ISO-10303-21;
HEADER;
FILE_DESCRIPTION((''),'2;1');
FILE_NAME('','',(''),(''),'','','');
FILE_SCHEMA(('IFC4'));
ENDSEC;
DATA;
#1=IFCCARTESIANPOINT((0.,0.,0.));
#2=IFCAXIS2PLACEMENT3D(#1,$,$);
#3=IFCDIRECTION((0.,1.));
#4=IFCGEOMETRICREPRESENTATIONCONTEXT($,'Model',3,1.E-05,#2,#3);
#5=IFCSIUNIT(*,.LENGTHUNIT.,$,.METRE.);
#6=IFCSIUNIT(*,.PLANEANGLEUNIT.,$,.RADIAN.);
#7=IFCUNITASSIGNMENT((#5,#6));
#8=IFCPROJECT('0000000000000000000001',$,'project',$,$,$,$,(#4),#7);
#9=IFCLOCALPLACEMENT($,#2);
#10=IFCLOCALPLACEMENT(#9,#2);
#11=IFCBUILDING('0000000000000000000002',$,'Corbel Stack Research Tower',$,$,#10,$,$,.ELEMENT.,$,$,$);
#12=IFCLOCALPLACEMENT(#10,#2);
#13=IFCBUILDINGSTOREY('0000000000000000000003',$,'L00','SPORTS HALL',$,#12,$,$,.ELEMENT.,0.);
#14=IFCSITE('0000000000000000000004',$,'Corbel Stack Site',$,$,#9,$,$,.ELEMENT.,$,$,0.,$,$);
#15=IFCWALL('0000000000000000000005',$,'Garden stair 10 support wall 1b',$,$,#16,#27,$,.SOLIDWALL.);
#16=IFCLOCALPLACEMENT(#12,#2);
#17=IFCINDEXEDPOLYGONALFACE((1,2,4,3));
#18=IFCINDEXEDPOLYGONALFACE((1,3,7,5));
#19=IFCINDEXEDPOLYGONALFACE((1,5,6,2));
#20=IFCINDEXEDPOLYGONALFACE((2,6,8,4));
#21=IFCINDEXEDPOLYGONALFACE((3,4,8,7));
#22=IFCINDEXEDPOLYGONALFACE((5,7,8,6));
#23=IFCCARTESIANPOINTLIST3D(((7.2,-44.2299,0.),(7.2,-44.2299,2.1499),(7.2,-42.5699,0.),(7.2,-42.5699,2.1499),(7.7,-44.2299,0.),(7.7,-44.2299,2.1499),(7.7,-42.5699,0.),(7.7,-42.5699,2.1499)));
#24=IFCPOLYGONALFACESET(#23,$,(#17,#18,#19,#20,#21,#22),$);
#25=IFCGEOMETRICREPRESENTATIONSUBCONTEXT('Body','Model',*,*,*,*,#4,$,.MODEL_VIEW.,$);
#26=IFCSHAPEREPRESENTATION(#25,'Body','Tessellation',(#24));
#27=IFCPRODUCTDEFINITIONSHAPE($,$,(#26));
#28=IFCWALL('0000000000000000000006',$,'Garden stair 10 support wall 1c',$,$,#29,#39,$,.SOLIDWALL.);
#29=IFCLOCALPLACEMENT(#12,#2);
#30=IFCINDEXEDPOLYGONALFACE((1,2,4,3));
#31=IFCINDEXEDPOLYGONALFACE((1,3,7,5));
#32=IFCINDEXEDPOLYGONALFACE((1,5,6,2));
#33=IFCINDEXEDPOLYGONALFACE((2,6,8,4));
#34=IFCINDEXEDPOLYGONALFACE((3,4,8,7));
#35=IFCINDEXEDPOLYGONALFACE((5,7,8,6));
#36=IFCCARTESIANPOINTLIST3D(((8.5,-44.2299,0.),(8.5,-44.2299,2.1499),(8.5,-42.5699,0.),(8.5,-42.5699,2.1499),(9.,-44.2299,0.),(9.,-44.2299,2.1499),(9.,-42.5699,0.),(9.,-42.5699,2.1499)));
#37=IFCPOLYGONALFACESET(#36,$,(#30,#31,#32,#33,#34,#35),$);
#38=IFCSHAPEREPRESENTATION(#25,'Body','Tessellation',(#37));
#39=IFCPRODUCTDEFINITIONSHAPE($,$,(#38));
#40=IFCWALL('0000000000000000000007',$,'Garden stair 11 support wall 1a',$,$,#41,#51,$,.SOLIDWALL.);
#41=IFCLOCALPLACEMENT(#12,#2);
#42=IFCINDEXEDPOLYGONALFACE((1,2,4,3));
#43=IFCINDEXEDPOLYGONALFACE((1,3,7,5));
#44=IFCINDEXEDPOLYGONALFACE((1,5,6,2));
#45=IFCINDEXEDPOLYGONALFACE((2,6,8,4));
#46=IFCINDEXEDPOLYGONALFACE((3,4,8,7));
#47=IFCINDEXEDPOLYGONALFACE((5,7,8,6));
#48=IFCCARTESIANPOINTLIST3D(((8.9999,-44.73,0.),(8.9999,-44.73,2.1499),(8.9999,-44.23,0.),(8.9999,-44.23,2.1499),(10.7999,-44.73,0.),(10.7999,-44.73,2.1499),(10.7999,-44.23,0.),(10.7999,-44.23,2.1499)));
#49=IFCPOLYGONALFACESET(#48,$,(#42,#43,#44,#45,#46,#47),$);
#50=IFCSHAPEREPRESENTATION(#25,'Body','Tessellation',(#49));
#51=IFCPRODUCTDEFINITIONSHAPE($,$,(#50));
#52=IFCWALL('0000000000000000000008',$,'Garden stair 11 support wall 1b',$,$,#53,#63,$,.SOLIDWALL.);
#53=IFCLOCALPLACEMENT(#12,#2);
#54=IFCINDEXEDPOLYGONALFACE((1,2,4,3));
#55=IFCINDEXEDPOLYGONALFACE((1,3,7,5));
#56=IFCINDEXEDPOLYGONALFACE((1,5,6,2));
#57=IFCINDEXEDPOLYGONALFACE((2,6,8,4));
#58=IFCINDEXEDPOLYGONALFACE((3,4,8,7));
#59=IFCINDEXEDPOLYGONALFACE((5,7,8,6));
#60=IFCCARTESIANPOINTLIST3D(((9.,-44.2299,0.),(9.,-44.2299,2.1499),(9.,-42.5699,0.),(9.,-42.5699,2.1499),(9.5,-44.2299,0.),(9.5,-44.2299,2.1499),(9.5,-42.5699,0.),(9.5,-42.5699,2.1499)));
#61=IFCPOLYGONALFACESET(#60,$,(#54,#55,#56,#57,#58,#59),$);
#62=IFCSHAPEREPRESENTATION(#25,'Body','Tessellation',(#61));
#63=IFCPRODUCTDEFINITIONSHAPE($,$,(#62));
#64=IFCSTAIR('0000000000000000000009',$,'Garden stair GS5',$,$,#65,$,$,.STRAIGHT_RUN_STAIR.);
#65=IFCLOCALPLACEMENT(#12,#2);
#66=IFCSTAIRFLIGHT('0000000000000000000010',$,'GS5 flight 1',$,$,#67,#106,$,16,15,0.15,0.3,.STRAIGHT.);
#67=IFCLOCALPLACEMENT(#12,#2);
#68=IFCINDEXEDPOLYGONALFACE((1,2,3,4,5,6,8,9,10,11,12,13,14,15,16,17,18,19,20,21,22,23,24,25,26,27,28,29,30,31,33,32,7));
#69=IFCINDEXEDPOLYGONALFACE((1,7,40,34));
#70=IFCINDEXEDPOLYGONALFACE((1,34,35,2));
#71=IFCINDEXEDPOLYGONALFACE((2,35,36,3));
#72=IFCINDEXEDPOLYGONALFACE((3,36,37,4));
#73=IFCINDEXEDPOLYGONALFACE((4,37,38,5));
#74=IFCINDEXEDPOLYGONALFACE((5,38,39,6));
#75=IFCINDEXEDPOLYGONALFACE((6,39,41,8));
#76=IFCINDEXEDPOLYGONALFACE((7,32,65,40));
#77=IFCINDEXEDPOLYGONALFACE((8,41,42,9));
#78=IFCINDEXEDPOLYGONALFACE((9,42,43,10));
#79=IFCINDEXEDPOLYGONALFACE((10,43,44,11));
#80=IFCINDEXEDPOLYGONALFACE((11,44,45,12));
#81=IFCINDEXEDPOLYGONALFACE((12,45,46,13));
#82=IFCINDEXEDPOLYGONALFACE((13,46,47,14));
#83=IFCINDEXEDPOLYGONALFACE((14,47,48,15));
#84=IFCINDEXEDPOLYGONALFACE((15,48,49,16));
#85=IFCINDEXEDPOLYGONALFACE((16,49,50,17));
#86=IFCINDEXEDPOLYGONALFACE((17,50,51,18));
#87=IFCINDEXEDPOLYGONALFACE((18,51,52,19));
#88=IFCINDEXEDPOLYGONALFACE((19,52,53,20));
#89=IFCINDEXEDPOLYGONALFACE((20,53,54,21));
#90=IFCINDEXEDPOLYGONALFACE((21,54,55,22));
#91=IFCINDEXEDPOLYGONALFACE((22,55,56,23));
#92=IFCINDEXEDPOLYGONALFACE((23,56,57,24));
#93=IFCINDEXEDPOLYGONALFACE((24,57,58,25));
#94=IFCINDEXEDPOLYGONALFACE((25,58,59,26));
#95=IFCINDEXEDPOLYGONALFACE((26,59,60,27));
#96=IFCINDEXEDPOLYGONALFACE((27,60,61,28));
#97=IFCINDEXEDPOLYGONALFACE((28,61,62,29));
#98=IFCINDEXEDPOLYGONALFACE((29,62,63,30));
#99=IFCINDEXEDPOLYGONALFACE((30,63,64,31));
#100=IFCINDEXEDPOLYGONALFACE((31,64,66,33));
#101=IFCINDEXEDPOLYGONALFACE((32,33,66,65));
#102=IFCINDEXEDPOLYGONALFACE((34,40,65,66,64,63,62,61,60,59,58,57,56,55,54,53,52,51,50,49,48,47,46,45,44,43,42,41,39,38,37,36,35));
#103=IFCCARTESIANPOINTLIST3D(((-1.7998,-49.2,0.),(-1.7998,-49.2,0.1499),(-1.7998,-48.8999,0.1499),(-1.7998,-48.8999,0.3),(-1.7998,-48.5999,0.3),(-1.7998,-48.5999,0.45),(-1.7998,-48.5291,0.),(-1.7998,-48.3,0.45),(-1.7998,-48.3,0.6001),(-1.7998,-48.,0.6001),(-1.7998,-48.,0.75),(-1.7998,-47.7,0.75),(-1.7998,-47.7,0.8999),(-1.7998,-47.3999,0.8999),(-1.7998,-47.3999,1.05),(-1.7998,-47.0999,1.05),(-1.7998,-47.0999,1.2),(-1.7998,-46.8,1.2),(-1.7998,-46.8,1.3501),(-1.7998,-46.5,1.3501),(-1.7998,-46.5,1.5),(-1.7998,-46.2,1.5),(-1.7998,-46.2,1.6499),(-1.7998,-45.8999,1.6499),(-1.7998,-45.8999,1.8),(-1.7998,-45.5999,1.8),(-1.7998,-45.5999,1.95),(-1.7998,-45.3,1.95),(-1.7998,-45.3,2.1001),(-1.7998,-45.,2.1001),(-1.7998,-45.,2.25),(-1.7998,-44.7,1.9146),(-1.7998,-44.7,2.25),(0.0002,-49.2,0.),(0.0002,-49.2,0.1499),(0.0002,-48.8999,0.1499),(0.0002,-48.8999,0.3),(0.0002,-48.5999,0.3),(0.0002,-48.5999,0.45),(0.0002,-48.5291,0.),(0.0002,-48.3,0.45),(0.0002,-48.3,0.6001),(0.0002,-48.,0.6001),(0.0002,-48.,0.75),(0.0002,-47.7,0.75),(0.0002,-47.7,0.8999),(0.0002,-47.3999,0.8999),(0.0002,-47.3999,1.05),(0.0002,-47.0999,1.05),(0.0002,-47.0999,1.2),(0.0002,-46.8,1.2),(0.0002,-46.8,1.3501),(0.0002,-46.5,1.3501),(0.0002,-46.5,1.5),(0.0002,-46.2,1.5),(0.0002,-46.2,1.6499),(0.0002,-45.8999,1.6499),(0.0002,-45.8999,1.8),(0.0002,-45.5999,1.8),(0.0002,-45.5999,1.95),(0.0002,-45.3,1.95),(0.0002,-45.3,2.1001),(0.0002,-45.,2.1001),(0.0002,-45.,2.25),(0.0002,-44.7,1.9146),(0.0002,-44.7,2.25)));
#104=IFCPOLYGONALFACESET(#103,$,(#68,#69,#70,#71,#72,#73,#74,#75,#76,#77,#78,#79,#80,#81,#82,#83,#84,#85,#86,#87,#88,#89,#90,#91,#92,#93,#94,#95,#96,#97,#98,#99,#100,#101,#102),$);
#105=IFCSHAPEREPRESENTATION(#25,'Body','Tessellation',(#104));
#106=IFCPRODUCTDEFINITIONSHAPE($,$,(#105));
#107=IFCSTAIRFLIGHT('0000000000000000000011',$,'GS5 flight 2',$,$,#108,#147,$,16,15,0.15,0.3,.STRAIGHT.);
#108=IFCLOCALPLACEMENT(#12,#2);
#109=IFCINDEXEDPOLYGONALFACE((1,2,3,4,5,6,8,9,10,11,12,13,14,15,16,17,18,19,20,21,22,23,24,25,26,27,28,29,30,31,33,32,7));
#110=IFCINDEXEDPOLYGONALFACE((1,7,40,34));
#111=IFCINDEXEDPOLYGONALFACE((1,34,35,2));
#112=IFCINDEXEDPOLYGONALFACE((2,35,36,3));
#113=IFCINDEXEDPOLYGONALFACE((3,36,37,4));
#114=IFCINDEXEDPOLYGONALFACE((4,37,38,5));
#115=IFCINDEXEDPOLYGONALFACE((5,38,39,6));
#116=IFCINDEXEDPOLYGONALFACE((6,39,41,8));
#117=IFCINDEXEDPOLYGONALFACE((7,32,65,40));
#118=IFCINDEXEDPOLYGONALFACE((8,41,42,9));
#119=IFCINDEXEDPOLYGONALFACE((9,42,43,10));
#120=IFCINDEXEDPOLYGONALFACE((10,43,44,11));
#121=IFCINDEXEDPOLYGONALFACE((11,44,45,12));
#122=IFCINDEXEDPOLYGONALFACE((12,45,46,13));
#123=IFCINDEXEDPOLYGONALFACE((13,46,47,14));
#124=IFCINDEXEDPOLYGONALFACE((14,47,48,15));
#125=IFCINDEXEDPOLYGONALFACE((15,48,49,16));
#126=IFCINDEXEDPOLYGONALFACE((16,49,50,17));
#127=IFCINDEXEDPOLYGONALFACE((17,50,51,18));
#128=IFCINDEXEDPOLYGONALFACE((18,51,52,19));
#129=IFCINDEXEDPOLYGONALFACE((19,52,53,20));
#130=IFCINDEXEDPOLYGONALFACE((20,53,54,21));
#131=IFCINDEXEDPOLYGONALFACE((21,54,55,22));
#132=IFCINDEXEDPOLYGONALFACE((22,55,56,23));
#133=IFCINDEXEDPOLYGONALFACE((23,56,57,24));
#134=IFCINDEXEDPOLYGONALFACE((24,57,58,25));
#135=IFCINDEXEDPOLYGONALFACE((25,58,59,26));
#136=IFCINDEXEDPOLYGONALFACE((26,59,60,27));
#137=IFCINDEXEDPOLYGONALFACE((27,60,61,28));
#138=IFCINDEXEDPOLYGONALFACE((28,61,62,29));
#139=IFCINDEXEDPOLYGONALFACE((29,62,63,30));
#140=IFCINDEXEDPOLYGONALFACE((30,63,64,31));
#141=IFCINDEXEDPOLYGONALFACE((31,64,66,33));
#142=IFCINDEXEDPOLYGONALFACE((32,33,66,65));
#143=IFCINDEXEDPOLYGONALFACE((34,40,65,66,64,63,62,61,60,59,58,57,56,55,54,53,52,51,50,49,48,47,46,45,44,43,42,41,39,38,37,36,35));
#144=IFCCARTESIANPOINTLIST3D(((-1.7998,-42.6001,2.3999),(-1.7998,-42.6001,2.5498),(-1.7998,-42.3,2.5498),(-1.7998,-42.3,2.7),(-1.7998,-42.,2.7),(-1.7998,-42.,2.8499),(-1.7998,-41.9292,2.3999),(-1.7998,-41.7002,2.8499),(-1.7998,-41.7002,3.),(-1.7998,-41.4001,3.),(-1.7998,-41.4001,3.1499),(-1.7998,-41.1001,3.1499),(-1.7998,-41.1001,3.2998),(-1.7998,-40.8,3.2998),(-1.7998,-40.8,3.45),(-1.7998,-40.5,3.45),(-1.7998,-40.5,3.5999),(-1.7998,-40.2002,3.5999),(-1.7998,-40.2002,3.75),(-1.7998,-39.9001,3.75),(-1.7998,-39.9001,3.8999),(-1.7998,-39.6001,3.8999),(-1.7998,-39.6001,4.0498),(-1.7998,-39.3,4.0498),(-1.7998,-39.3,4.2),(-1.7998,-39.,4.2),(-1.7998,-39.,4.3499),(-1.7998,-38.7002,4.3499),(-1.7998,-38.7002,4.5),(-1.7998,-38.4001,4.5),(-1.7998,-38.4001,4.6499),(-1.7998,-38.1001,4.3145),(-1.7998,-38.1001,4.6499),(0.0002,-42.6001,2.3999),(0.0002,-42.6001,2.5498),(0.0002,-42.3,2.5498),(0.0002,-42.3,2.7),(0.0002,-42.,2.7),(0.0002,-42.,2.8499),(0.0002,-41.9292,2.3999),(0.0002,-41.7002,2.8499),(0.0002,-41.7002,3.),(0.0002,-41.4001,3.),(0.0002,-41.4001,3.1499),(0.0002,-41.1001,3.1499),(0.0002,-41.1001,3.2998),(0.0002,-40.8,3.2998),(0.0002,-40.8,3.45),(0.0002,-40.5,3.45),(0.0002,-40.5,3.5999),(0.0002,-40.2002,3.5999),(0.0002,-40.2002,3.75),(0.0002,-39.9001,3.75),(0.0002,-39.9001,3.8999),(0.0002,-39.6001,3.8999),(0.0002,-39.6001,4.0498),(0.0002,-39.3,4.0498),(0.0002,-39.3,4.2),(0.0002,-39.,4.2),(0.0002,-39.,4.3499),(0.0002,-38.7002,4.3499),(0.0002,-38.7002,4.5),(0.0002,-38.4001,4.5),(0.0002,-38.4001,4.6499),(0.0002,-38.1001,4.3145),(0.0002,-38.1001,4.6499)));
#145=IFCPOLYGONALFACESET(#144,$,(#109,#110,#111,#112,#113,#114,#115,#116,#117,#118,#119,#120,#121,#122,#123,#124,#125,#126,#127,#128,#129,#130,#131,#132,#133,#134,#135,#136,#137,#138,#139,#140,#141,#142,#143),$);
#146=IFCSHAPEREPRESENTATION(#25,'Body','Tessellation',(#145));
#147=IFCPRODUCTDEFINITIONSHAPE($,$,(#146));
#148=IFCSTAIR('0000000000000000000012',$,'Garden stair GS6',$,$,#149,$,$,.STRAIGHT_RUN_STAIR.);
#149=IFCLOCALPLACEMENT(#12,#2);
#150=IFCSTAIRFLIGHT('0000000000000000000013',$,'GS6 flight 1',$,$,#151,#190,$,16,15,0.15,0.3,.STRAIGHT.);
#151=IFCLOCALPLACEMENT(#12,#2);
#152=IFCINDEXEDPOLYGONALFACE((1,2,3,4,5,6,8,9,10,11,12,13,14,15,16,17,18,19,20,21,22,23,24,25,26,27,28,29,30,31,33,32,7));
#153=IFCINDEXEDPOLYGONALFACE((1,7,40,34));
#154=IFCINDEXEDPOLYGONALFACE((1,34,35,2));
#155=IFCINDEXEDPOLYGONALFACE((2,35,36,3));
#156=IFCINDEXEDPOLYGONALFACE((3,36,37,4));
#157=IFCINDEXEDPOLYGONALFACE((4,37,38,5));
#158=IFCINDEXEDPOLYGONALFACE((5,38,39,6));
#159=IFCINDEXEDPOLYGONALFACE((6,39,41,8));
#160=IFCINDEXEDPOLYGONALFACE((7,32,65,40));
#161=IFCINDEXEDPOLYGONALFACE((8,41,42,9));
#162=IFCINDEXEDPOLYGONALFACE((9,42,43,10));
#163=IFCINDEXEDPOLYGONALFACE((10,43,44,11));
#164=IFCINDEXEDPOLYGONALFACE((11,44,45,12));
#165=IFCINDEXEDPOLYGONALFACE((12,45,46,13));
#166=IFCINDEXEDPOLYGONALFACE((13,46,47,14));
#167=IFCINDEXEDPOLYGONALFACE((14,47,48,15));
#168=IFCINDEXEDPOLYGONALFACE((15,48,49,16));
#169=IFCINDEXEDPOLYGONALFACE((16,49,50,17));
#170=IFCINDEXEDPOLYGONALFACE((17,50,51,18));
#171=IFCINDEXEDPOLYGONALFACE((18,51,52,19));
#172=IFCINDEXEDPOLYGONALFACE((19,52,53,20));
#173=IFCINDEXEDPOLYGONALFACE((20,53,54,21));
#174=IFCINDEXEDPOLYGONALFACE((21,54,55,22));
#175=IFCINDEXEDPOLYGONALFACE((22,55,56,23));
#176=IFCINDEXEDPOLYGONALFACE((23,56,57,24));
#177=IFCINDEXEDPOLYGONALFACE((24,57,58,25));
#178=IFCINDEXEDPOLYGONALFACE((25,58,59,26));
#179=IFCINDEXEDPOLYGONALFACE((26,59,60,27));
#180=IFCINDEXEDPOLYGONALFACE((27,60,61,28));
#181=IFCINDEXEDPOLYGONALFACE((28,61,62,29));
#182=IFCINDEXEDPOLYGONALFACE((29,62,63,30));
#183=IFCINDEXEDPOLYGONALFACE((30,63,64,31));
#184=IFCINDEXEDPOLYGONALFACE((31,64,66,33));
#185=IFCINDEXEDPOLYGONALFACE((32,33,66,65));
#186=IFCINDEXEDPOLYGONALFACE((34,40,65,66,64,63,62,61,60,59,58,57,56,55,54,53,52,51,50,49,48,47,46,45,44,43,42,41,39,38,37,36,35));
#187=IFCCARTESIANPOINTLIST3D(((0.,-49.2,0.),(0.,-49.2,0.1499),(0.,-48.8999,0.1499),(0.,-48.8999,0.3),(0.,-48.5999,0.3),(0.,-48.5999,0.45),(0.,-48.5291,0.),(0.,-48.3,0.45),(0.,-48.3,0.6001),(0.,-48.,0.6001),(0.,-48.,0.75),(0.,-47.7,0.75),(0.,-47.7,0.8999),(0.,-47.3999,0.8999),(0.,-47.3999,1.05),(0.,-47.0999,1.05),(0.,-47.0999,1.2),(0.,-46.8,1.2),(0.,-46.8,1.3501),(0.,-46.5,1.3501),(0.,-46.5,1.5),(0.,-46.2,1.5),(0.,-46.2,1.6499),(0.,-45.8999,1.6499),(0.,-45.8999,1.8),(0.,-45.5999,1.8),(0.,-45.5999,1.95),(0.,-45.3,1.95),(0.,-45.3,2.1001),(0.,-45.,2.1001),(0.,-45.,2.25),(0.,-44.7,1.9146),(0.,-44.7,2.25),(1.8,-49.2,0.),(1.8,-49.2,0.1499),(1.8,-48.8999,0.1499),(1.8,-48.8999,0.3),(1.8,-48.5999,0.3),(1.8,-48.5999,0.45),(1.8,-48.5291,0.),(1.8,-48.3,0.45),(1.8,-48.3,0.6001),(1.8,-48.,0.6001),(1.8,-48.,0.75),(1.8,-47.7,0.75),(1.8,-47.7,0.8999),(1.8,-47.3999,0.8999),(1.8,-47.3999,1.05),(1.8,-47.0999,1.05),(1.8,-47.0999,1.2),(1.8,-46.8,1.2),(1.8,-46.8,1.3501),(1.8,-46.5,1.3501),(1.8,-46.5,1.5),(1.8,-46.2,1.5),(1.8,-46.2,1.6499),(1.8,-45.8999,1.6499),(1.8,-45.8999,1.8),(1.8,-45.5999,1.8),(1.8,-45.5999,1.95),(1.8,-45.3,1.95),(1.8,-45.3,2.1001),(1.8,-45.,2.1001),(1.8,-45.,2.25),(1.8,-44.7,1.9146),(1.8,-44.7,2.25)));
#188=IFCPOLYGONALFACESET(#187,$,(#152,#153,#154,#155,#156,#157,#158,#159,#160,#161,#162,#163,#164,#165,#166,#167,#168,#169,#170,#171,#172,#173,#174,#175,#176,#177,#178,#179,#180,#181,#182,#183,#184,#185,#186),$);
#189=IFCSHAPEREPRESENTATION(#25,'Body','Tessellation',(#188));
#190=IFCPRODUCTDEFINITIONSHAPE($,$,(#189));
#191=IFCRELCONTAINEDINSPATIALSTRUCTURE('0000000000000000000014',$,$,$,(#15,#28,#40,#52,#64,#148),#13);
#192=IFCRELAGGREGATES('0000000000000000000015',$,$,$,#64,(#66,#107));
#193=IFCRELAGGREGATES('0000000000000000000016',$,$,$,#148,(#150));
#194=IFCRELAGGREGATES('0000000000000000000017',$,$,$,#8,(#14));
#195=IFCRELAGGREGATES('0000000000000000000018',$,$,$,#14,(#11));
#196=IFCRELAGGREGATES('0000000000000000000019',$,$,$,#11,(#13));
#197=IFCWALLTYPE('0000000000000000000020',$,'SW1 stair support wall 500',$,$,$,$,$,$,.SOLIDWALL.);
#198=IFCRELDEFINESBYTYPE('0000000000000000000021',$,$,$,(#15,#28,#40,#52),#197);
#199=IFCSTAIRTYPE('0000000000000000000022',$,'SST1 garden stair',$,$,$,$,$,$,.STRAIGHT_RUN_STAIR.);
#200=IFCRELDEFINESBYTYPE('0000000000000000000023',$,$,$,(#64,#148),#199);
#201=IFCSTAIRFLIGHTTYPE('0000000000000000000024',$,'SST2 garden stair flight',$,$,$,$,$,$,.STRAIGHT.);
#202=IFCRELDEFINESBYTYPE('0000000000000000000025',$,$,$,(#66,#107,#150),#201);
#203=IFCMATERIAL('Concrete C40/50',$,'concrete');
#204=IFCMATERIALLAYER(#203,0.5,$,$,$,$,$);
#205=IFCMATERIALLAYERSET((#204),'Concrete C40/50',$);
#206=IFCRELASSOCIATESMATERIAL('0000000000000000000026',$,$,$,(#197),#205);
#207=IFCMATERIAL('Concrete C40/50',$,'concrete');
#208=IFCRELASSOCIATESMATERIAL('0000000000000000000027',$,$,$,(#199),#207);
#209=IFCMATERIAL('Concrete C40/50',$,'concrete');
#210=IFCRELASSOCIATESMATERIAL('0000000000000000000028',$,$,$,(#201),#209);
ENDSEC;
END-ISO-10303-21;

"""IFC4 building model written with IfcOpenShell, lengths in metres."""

from ifc_helpers import new_model, si_unit, direction, frame, frame_2d, origin, place, context, subcontext, project, spatial, polyline, rectangle, outline, extrude, material, layer, layer_set, type_object, element, aggregate, save


model = new_model("IFC4")

# Units and contexts
model_context = context("Model", 3, precision=1e-05, world=origin(), true_north=direction((0.0, 1.0)))
body_context = subcontext(model_context, "Body", "Model", "MODEL_VIEW")
ifc_project = project(units=[si_unit("LENGTHUNIT", "METRE"), si_unit("PLANEANGLEUNIT", "RADIAN")], contexts=[model_context])

# Site, building, storey
site_placement = place(None, origin())
site = spatial("IfcSite", under=ifc_project, at=site_placement, Name="Corbel Stack Site", CompositionType="ELEMENT", RefElevation=0.0)
building_placement = place(site_placement, origin())
building = spatial("IfcBuilding", under=site, at=building_placement, Name="Corbel Stack Research Tower", CompositionType="ELEMENT")
storey_placement = place(building_placement, origin())
storey = spatial("IfcBuildingStorey", under=building, at=storey_placement, Name="L00", Description="SPORTS HALL", CompositionType="ELEMENT", Elevation=0.0)

# Walls
ifc_material_1 = material(Name="Concrete C40/50", Category="concrete")
ifc_layer = layer(ifc_material_1, 0.5)
ifc_layer_set = layer_set([ifc_layer], Name="Concrete C40/50")
wall_type = type_object("IfcWallType", Name="SW1 stair support wall 500", PredefinedType="SOLIDWALL", material=ifc_layer_set)
for number, where, z_axis, x_axis, name in (
    (1, (7.45, -44.23, 0.0), (0.0, 0.0, 1.0), (0.0, 1.0, 0.0), "Garden stair 10 support wall 1b"),
    (2, (8.75, -44.23, 0.0), (0.0, 0.0, 1.0), (0.0, 1.0, 0.0), "Garden stair 10 support wall 1c"),
):
    element("IfcWall", number, at=place(storey_placement, frame(where, z_axis=z_axis, x_axis=x_axis)), inside=storey, type_object=wall_type, Name=name, PredefinedType="SOLIDWALL", context=body_context, shape_type="SweptSolid", body=[
        extrude(rectangle(XDim=1.6599, YDim=0.5, at=frame_2d((0.8301, 0.0))), origin(), (0.0, 0.0, 1.0), 2.1499),
    ])
wall_1_placement = place(storey_placement, frame((9.0, -44.48, 0.0), z_axis=(0.0, 0.0, 1.0), x_axis=(1.0, 0.0, 0.0)))
element("IfcWall", 3, at=wall_1_placement, inside=storey, type_object=wall_type, Name="Garden stair 11 support wall 1a", PredefinedType="SOLIDWALL", context=body_context, shape_type="SweptSolid", body=[
    extrude(rectangle(XDim=1.8, YDim=0.5, at=frame_2d((0.8999, 0.0))), origin(), (0.0, 0.0, 1.0), 2.1499),
])
wall_2_placement = place(storey_placement, frame((9.25, -44.23, 0.0), z_axis=(0.0, 0.0, 1.0), x_axis=(0.0, 1.0, 0.0)))
element("IfcWall", 4, at=wall_2_placement, inside=storey, type_object=wall_type, Name="Garden stair 11 support wall 1b", PredefinedType="SOLIDWALL", context=body_context, shape_type="SweptSolid", body=[
    extrude(rectangle(XDim=1.6599, YDim=0.5, at=frame_2d((0.8301, 0.0))), origin(), (0.0, 0.0, 1.0), 2.1499),
])

# Stairs, stair flights
ifc_material_2 = material(Name="Concrete C40/50", Category="concrete")
stair_type = type_object("IfcStairType", Name="SST1 garden stair", PredefinedType="STRAIGHT_RUN_STAIR", material=ifc_material_2)
stair_1_placement = place(storey_placement, origin())
stair_1 = element("IfcStair", 5, at=stair_1_placement, inside=storey, type_object=stair_type, Name="Garden stair GS5", PredefinedType="STRAIGHT_RUN_STAIR")
ifc_material_3 = material(Name="Concrete C40/50", Category="concrete")
stair_flight_type = type_object("IfcStairFlightType", Name="SST2 garden stair flight", PredefinedType="STRAIGHT", material=ifc_material_3)
stair_flight_1_placement = place(storey_placement, frame((-0.8999, -49.2, 0.0), z_axis=(0.0, 0.0, 1.0), x_axis=(0.0, 1.0, 0.0)))
stair_flight_1 = element("IfcStairFlight", 6, at=stair_flight_1_placement, type_object=stair_flight_type, Name="GS5 flight 1", NumberOfRisers=16, NumberOfTreads=15, PredefinedType="STRAIGHT", RiserHeight=0.15, TreadLength=0.3, context=body_context, shape_type="SweptSolid", body=[
    extrude(outline(polyline([(0.0, 0.0), (0.0, 0.1499), (0.3, 0.1499), (0.3, 0.3), (0.6001, 0.3), (0.6001, 0.45), (0.8999, 0.45), (0.8999, 0.6001), (1.2, 0.6001), (1.2, 0.75), (1.5, 0.75), (1.5, 0.8999), (1.8, 0.8999), (1.8, 1.05), (2.1001, 1.05), (2.1001, 1.2), (2.3999, 1.2), (2.3999, 1.3501), (2.7, 1.3501), (2.7, 1.5), (3.0, 1.5), (3.0, 1.6499), (3.3, 1.6499), (3.3, 1.8), (3.6001, 1.8), (3.6001, 1.95), (3.8999, 1.95), (3.8999, 2.1001), (4.2, 2.1001), (4.2, 2.25), (4.5, 2.25), (4.5, 2.3999), (4.5, 1.9146), (0.6709, 0.0), (0.0, 0.0)])), frame((0.0, 0.8999, 0.0), z_axis=(0.0, -1.0, 0.0), x_axis=(1.0, 0.0, 0.0)), (0.0, 0.0, 1.0), 1.8),
])
stair_flight_2_placement = place(storey_placement, frame((-0.8999, -42.6001, 2.3999), z_axis=(0.0, 0.0, 1.0), x_axis=(0.0, 1.0, 0.0)))
stair_flight_2 = element("IfcStairFlight", 7, at=stair_flight_2_placement, type_object=stair_flight_type, Name="GS5 flight 2", NumberOfRisers=16, NumberOfTreads=15, PredefinedType="STRAIGHT", RiserHeight=0.15, TreadLength=0.3, context=body_context, shape_type="SweptSolid", body=[
    extrude(outline(polyline([(0.0, 0.0), (0.0, 0.1499), (0.3, 0.1499), (0.3, 0.3), (0.6001, 0.3), (0.6001, 0.45), (0.8999, 0.45), (0.8999, 0.6001), (1.2, 0.6001), (1.2, 0.75), (1.5, 0.75), (1.5, 0.8999), (1.8, 0.8999), (1.8, 1.05), (2.1001, 1.05), (2.1001, 1.2), (2.3999, 1.2), (2.3999, 1.3501), (2.7, 1.3501), (2.7, 1.5), (3.0, 1.5), (3.0, 1.6499), (3.3, 1.6499), (3.3, 1.8), (3.6001, 1.8), (3.6001, 1.95), (3.8999, 1.95), (3.8999, 2.1001), (4.2, 2.1001), (4.2, 2.25), (4.5, 2.25), (4.5, 2.3999), (4.5, 1.9146), (0.6709, 0.0), (0.0, 0.0)])), frame((0.0, 0.8999, 0.0), z_axis=(0.0, -1.0, 0.0), x_axis=(1.0, 0.0, 0.0)), (0.0, 0.0, 1.0), 1.8),
])
aggregate(stair_1, [stair_flight_1, stair_flight_2])
stair_2_placement = place(storey_placement, origin())
stair_2 = element("IfcStair", 8, at=stair_2_placement, inside=storey, type_object=stair_type, Name="Garden stair GS6", PredefinedType="STRAIGHT_RUN_STAIR")
stair_flight_3_placement = place(storey_placement, frame((0.8999, -49.2, 0.0), z_axis=(0.0, 0.0, 1.0), x_axis=(0.0, 1.0, 0.0)))
stair_flight_3 = element("IfcStairFlight", 9, at=stair_flight_3_placement, type_object=stair_flight_type, Name="GS6 flight 1", NumberOfRisers=16, NumberOfTreads=15, PredefinedType="STRAIGHT", RiserHeight=0.15, TreadLength=0.3, context=body_context, shape_type="SweptSolid", body=[
    extrude(outline(polyline([(0.0, 0.0), (0.0, 0.1499), (0.3, 0.1499), (0.3, 0.3), (0.6001, 0.3), (0.6001, 0.45), (0.8999, 0.45), (0.8999, 0.6001), (1.2, 0.6001), (1.2, 0.75), (1.5, 0.75), (1.5, 0.8999), (1.8, 0.8999), (1.8, 1.05), (2.1001, 1.05), (2.1001, 1.2), (2.3999, 1.2), (2.3999, 1.3501), (2.7, 1.3501), (2.7, 1.5), (3.0, 1.5), (3.0, 1.6499), (3.3, 1.6499), (3.3, 1.8), (3.6001, 1.8), (3.6001, 1.95), (3.8999, 1.95), (3.8999, 2.1001), (4.2, 2.1001), (4.2, 2.25), (4.5, 2.25), (4.5, 2.3999), (4.5, 1.9146), (0.6709, 0.0), (0.0, 0.0)])), frame((0.0, 0.8999, 0.0), z_axis=(0.0, -1.0, 0.0), x_axis=(1.0, 0.0, 0.0)), (0.0, 0.0, 1.0), 1.8),
])
aggregate(stair_2, [stair_flight_3])

save(model, "model.ifc")
